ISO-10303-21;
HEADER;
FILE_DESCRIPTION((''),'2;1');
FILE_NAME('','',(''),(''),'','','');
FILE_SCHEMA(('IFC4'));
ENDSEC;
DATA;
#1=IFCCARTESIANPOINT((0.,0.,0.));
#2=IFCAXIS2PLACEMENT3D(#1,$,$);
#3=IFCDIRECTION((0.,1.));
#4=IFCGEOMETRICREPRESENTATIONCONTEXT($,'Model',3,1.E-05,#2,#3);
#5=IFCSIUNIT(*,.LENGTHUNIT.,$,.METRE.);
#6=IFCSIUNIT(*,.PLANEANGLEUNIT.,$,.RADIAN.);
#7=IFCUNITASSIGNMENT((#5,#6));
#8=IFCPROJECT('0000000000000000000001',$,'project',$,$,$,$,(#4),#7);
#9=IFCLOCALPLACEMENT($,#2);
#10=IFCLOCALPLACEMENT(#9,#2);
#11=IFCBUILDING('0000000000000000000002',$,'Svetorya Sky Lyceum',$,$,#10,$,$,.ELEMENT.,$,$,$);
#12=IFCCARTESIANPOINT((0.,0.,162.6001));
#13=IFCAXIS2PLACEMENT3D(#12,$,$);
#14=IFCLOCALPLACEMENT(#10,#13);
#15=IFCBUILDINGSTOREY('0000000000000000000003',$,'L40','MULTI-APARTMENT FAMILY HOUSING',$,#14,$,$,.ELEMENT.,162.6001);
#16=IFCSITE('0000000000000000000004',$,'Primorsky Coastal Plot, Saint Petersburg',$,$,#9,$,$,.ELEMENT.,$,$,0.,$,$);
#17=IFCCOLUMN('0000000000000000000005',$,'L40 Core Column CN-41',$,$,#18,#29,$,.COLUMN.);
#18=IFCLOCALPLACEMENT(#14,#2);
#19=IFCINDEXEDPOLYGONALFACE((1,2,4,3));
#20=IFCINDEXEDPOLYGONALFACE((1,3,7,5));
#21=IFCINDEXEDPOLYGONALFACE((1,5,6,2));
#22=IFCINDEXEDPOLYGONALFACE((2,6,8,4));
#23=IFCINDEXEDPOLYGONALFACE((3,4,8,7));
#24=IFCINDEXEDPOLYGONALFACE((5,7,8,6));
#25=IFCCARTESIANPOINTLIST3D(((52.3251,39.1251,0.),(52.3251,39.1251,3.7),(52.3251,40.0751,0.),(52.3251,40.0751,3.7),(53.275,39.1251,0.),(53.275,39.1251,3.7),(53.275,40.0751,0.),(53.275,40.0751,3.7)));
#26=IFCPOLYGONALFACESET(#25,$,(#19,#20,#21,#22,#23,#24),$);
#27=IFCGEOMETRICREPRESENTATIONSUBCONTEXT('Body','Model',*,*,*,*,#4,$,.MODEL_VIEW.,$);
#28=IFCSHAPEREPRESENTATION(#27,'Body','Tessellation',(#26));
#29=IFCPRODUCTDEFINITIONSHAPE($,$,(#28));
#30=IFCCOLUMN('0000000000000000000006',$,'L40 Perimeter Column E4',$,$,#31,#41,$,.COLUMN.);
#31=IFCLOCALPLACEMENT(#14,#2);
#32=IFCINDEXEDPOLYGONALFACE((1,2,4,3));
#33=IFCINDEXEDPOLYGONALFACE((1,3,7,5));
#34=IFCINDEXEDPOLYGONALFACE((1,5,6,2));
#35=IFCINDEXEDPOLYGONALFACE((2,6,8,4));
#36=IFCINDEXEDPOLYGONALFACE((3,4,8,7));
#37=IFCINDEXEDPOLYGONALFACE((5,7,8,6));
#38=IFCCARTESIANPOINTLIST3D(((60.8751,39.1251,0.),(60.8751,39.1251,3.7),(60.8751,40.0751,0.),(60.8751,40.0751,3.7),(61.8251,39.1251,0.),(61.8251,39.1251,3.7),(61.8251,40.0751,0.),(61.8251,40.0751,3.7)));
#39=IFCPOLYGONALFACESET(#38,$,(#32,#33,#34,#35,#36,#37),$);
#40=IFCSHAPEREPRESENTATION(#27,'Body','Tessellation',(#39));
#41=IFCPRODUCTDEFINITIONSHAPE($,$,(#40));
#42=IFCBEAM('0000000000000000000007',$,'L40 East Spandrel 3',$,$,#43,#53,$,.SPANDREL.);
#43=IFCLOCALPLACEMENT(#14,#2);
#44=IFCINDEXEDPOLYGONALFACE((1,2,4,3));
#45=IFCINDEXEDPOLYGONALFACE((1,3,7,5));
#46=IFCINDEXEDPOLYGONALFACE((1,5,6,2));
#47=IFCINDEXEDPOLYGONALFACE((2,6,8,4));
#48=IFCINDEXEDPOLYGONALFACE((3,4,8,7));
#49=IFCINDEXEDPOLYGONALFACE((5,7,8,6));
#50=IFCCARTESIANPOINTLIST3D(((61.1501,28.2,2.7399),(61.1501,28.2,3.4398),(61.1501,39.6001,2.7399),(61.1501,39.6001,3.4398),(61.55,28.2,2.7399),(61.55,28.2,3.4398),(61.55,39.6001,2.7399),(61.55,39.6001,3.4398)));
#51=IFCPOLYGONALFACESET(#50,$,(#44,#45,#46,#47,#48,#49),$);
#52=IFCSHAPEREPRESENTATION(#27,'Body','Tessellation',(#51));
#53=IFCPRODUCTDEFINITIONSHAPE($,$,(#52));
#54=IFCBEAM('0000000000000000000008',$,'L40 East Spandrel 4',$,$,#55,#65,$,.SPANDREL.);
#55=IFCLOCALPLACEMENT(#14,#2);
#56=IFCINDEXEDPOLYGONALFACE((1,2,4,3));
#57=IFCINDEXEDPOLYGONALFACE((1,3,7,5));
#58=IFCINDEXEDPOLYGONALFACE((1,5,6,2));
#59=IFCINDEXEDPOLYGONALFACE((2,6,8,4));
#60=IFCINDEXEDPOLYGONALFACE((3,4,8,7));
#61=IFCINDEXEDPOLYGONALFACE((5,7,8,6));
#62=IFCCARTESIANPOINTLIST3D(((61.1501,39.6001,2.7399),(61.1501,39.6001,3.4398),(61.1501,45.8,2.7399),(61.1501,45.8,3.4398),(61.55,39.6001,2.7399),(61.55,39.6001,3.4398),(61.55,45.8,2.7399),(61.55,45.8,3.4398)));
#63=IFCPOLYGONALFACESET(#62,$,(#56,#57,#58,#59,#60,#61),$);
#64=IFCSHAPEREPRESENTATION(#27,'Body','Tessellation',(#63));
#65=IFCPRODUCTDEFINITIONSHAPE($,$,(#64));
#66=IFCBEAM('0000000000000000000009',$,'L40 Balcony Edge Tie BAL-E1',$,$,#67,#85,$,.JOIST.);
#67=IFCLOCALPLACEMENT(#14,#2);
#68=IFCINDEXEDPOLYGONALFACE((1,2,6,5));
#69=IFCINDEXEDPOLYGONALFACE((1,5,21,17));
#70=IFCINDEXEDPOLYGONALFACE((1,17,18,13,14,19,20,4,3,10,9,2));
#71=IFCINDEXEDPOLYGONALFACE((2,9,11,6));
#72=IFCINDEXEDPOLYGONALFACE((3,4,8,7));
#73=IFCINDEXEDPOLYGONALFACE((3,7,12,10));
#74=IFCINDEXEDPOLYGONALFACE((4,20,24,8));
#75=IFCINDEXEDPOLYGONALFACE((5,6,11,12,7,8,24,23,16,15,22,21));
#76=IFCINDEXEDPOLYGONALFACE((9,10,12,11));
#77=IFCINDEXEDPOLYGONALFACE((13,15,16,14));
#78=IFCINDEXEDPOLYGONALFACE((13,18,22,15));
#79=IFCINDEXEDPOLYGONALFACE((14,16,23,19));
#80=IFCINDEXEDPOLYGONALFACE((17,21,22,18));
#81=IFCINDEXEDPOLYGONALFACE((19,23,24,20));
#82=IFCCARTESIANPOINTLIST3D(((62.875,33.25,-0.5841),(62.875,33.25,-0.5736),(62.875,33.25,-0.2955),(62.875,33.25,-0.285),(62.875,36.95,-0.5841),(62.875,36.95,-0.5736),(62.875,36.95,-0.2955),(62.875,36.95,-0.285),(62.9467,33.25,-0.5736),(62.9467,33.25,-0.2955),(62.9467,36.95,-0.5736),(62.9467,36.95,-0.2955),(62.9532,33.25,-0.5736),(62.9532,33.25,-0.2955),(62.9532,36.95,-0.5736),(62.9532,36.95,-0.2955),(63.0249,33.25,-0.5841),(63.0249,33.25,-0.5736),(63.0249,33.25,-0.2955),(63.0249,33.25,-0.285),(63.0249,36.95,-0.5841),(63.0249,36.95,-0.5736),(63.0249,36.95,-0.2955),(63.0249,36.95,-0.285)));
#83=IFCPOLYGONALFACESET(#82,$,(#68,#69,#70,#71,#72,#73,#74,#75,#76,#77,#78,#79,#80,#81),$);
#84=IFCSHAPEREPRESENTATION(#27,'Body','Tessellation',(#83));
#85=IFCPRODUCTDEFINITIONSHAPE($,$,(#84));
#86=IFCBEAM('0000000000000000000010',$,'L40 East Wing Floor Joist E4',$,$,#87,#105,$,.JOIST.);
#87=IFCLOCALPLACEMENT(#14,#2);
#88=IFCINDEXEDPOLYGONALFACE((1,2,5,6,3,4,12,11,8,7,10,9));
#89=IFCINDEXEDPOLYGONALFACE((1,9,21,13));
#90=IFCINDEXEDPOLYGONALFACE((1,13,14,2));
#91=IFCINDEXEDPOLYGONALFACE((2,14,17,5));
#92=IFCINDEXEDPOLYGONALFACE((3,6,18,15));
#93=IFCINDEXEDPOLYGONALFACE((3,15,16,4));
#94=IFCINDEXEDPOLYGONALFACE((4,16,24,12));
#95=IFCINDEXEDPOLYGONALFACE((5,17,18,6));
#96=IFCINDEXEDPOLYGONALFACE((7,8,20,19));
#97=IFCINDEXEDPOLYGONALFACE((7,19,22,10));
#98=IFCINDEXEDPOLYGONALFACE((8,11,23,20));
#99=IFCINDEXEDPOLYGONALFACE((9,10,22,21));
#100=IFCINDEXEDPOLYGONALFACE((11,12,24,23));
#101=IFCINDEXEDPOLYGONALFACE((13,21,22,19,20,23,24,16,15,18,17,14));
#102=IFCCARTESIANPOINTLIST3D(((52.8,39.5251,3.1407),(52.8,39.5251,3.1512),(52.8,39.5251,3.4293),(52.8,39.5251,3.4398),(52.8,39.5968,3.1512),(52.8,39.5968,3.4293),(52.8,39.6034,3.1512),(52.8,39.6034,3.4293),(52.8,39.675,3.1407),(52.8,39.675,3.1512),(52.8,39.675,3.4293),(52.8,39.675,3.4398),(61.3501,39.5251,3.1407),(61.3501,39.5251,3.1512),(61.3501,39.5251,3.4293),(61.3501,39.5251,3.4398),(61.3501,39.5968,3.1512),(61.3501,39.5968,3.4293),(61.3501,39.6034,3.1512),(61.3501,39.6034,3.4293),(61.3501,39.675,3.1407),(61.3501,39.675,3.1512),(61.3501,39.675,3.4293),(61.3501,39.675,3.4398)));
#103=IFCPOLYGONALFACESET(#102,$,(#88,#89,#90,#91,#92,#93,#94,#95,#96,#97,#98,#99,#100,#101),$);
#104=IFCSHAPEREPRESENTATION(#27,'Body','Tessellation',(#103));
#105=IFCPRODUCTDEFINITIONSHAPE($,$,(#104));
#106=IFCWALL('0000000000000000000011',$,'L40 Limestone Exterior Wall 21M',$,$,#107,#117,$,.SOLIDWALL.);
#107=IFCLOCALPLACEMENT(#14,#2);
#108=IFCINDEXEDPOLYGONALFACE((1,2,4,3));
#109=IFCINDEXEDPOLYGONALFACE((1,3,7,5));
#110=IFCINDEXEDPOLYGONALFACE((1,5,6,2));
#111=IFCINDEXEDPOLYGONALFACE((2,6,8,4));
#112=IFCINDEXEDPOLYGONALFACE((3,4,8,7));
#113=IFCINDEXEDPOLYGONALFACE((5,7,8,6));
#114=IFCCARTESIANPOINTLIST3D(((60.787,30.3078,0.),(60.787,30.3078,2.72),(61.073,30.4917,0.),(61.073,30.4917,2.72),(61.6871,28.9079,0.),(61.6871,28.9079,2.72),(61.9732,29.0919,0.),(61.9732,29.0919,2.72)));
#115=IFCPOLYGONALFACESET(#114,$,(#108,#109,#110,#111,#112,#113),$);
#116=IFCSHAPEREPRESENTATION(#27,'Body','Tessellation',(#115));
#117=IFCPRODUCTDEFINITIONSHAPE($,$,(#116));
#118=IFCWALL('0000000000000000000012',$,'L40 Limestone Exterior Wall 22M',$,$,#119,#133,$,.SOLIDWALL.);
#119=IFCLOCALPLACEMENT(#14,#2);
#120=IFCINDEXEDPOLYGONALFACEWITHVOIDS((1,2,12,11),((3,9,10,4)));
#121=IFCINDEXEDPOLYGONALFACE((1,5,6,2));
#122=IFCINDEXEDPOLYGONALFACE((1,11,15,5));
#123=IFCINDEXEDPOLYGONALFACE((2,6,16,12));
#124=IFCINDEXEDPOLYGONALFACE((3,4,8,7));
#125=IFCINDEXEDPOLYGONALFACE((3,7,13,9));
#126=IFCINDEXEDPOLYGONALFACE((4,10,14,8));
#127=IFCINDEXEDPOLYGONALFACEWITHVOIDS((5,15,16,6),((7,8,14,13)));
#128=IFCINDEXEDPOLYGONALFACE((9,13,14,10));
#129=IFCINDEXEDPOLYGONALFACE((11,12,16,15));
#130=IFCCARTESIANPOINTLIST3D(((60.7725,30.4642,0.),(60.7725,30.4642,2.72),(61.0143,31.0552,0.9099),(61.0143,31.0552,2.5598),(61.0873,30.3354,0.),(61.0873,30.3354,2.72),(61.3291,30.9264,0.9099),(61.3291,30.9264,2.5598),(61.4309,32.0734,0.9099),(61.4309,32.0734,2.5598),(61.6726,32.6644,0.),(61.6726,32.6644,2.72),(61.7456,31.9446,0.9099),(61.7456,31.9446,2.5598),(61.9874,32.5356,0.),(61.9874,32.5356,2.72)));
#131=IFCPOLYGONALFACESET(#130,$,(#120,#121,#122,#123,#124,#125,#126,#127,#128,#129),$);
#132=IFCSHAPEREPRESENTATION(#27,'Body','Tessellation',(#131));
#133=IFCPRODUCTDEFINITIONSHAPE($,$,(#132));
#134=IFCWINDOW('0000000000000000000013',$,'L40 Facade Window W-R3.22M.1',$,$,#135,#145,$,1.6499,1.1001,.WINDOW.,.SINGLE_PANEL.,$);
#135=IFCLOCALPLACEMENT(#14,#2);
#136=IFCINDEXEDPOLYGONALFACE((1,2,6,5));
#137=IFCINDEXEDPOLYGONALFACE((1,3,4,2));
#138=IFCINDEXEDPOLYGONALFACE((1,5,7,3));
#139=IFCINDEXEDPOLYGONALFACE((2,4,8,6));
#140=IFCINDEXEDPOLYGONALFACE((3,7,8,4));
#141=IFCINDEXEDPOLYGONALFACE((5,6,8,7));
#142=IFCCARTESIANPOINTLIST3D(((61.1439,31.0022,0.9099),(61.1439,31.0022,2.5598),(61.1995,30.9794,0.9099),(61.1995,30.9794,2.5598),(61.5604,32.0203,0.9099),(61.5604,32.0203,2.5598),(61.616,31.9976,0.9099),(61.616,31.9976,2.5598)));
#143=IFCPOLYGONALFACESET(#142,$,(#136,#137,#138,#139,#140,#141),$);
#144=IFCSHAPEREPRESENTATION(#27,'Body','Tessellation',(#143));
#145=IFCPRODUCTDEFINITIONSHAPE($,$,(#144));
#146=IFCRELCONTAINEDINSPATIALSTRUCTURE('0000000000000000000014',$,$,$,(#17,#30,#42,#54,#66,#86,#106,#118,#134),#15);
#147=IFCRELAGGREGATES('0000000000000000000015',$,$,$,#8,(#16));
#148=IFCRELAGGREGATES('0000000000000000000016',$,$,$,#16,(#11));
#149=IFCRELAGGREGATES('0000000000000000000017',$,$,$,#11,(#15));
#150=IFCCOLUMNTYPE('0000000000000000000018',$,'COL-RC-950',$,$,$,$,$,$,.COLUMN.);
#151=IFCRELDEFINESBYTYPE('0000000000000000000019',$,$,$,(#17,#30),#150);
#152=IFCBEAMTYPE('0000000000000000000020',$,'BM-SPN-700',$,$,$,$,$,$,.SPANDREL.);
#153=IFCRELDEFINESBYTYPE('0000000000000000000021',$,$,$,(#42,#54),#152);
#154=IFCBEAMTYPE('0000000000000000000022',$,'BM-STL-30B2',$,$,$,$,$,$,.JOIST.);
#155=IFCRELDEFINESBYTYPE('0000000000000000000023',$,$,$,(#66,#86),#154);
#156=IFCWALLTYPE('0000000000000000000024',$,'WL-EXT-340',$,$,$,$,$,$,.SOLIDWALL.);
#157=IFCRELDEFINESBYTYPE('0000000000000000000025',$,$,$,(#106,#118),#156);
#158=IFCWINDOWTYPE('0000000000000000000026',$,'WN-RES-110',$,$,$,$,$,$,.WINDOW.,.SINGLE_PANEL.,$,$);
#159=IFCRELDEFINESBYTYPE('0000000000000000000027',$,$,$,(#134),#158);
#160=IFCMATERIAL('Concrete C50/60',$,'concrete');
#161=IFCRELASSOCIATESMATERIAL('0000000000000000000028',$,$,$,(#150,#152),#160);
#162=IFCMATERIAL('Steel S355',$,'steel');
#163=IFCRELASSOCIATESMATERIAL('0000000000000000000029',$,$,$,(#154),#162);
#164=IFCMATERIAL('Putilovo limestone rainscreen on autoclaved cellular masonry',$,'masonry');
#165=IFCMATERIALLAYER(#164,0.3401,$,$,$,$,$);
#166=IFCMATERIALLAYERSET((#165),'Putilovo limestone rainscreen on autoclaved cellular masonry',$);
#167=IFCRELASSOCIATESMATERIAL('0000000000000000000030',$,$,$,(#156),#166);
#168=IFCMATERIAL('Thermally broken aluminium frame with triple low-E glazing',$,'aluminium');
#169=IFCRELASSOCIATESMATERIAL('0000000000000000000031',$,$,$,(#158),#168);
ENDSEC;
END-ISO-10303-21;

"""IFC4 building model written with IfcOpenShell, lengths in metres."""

from ifc_helpers import new_model, si_unit, direction, frame, frame_2d, origin, origin_2d, place, context, subcontext, project, spatial, rectangle, i_section, extrude, material, layer, layer_set, material_profile, profile_set, type_object, element, fill, save


model = new_model("IFC4")

# Units and contexts
model_context = context("Model", 3, precision=1e-05, world=origin(), true_north=direction((0.0, 1.0)))
body_context = subcontext(model_context, "Body", "Model", "MODEL_VIEW")
ifc_project = project(units=[si_unit("LENGTHUNIT", "METRE"), si_unit("PLANEANGLEUNIT", "RADIAN")], contexts=[model_context])

# Site, building, storey
site_placement = place(None, origin())
site = spatial("IfcSite", under=ifc_project, at=site_placement, Name="Primorsky Coastal Plot, Saint Petersburg", CompositionType="ELEMENT", RefElevation=0.0)
building_placement = place(site_placement, origin())
building = spatial("IfcBuilding", under=site, at=building_placement, Name="Svetorya Sky Lyceum", CompositionType="ELEMENT")
storey_placement = place(building_placement, frame((0.0, 0.0, 162.6001)))
storey = spatial("IfcBuildingStorey", under=building, at=storey_placement, Name="L40", Description="MULTI-APARTMENT FAMILY HOUSING", CompositionType="ELEMENT", Elevation=162.6001)

# Columns
ifc_material_1 = material(Name="Concrete C50/60", Category="concrete")
ifc_material_profile_1 = material_profile(ifc_material_1, rectangle(XDim=0.95, YDim=0.95, at=origin_2d()), Name="RC COL 950x950")
ifc_profile_set_1 = profile_set([ifc_material_profile_1], Name="Concrete C50/60")
column_type = type_object("IfcColumnType", Name="COL-RC-950", PredefinedType="COLUMN", material=ifc_profile_set_1)
for number, where, z_axis, x_axis, name in (
    (1, (52.8, 39.6001, 0.0), (0.0, 0.0, 1.0), (1.0, 0.0, 0.0), "L40 Core Column CN-41"),
    (2, (61.3501, 39.6001, 0.0), (0.0, 0.0, 1.0), (1.0, 0.0, 0.0), "L40 Perimeter Column E4"),
):
    element("IfcColumn", number, at=place(storey_placement, frame(where, z_axis=z_axis, x_axis=x_axis)), inside=storey, type_object=column_type, Name=name, PredefinedType="COLUMN", context=body_context, shape_type="SweptSolid", body=[
        extrude(rectangle(XDim=0.95, YDim=0.95, at=origin_2d()), origin(), (0.0, 0.0, 1.0), 3.7),
    ])

# Beams
ifc_material_profile_2 = material_profile(ifc_material_1, rectangle(XDim=0.3999, YDim=0.7, at=origin_2d()), Name="RC SPANDREL 400x700")
ifc_profile_set_2 = profile_set([ifc_material_profile_2], Name="Concrete C50/60")
beam_type_1 = type_object("IfcBeamType", Name="BM-SPN-700", PredefinedType="SPANDREL", material=ifc_profile_set_2)
beam_1_placement = place(storey_placement, frame((61.3501, 28.2, 3.0898), z_axis=(0.0, 1.0, 0.0), x_axis=(-1.0, 0.0, 0.0)))
element("IfcBeam", 3, at=beam_1_placement, inside=storey, type_object=beam_type_1, Name="L40 East Spandrel 3", PredefinedType="SPANDREL", context=body_context, shape_type="SweptSolid", body=[
    extrude(rectangle(XDim=0.3999, YDim=0.7, at=origin_2d()), origin(), (0.0, 0.0, 1.0), 11.4001),
])
beam_2_placement = place(storey_placement, frame((61.3501, 39.6001, 3.0898), z_axis=(0.0, 1.0, 0.0), x_axis=(-1.0, 0.0, 0.0)))
element("IfcBeam", 4, at=beam_2_placement, inside=storey, type_object=beam_type_1, Name="L40 East Spandrel 4", PredefinedType="SPANDREL", context=body_context, shape_type="SweptSolid", body=[
    extrude(rectangle(XDim=0.3999, YDim=0.7, at=origin_2d()), origin(), (0.0, 0.0, 1.0), 6.2),
])
ifc_material_2 = material(Name="Steel S355", Category="steel")
ifc_material_profile_3 = material_profile(ifc_material_2, i_section(OverallWidth=0.1499, OverallDepth=0.2991, WebThickness=0.0066, FlangeThickness=0.0105, at=origin_2d()), Name="GOST 30B2")
ifc_profile_set_3 = profile_set([ifc_material_profile_3], Name="Steel S355")
beam_type_2 = type_object("IfcBeamType", Name="BM-STL-30B2", PredefinedType="JOIST", material=ifc_profile_set_3)
beam_3_placement = place(storey_placement, frame((62.95, 33.25, -0.4346), z_axis=(0.0, 1.0, 0.0), x_axis=(-1.0, 0.0, 0.0)))
element("IfcBeam", 5, at=beam_3_placement, inside=storey, type_object=beam_type_2, Name="L40 Balcony Edge Tie BAL-E1", PredefinedType="JOIST", context=body_context, shape_type="SweptSolid", body=[
    extrude(i_section(OverallWidth=0.1499, OverallDepth=0.2991, WebThickness=0.0066, FlangeThickness=0.0105, at=origin_2d()), origin(), (0.0, 0.0, 1.0), 3.7),
])
beam_4_placement = place(storey_placement, frame((52.8, 39.6001, 3.2903), z_axis=(1.0, 0.0, 0.0), x_axis=(0.0, 1.0, 0.0)))
element("IfcBeam", 6, at=beam_4_placement, inside=storey, type_object=beam_type_2, Name="L40 East Wing Floor Joist E4", PredefinedType="JOIST", context=body_context, shape_type="SweptSolid", body=[
    extrude(i_section(OverallWidth=0.1499, OverallDepth=0.2991, WebThickness=0.0066, FlangeThickness=0.0105, at=origin_2d()), origin(), (0.0, 0.0, 1.0), 8.55),
])

# Wall
ifc_material_3 = material(Name="Putilovo limestone rainscreen on autoclaved cellular masonry", Category="masonry")
ifc_layer_1 = layer(ifc_material_3, 0.3401)
ifc_layer_set_1 = layer_set([ifc_layer_1], Name="Putilovo limestone rainscreen on autoclaved cellular masonry")
wall_type_1 = type_object("IfcWallType", Name="WL-EXT-340", PredefinedType="SOLIDWALL", material=ifc_layer_set_1)
wall_1_placement = place(storey_placement, frame((61.8301, 29.0, 0.0), z_axis=(0.0, 0.0, 1.0), x_axis=(-0.540847, 0.841121, 0.0)))
element("IfcWall", 7, at=wall_1_placement, inside=storey, type_object=wall_type_1, Name="L40 Limestone Exterior Wall 21M", PredefinedType="SOLIDWALL", context=body_context, shape_type="SweptSolid", body=[
    extrude(rectangle(XDim=1.6643, YDim=0.3401, at=frame_2d((0.832, 0.0))), origin(), (0.0, 0.0, 1.0), 2.72),
])

# Wall, opening, window
wall_2_placement = place(storey_placement, frame((60.9299, 30.3999, 0.0), z_axis=(0.0, 0.0, 1.0), x_axis=(0.378657, 0.925537, 0.0)))
wall_2 = element("IfcWall", 8, at=wall_2_placement, inside=storey, type_object=wall_type_1, Name="L40 Limestone Exterior Wall 22M", PredefinedType="SOLIDWALL", context=body_context, shape_type="SweptSolid", body=[
    extrude(rectangle(XDim=2.3772, YDim=0.3401, at=frame_2d((1.1885, 0.0))), origin(), (0.0, 0.0, 1.0), 2.72),
])
opening_1_placement = place(wall_2_placement, frame((0.6384, 0.0, 0.9099)))
opening_1 = element("IfcOpeningElement", 9, at=opening_1_placement, cuts=wall_2, PredefinedType="OPENING", context=body_context, shape_type="SweptSolid", body=[
    extrude(rectangle(XDim=1.1001, YDim=1.6499, at=frame_2d((0.55, 0.825))), frame((0.0, 0.1799, 0.0), z_axis=(0.0, -1.0, 0.0), x_axis=(1.0, 0.0, 0.0)), (0.0, 0.0, 1.0), 0.3601),
])
ifc_material_4 = material(Name="Thermally broken aluminium frame with triple low-E glazing", Category="aluminium")
window_type_1 = type_object("IfcWindowType", Name="WN-RES-110", PartitioningType="SINGLE_PANEL", PredefinedType="WINDOW", material=ifc_material_4)
window_1_placement = place(opening_1_placement, origin())
window_1 = element("IfcWindow", 10, at=window_1_placement, inside=storey, type_object=window_type_1, Name="L40 Facade Window W-R3.22M.1", OverallHeight=1.6499, OverallWidth=1.1001, PartitioningType="SINGLE_PANEL", PredefinedType="WINDOW", context=body_context, shape_type="SweptSolid", body=[
    extrude(rectangle(XDim=1.1001, YDim=1.6499, at=frame_2d((0.55, 0.825))), frame((0.0, 0.03, 0.0), z_axis=(0.0, -1.0, 0.0), x_axis=(1.0, 0.0, 0.0)), (0.0, 0.0, 1.0), 0.0601),
])
fill(opening_1, window_1)

save(model, "model.ifc")
